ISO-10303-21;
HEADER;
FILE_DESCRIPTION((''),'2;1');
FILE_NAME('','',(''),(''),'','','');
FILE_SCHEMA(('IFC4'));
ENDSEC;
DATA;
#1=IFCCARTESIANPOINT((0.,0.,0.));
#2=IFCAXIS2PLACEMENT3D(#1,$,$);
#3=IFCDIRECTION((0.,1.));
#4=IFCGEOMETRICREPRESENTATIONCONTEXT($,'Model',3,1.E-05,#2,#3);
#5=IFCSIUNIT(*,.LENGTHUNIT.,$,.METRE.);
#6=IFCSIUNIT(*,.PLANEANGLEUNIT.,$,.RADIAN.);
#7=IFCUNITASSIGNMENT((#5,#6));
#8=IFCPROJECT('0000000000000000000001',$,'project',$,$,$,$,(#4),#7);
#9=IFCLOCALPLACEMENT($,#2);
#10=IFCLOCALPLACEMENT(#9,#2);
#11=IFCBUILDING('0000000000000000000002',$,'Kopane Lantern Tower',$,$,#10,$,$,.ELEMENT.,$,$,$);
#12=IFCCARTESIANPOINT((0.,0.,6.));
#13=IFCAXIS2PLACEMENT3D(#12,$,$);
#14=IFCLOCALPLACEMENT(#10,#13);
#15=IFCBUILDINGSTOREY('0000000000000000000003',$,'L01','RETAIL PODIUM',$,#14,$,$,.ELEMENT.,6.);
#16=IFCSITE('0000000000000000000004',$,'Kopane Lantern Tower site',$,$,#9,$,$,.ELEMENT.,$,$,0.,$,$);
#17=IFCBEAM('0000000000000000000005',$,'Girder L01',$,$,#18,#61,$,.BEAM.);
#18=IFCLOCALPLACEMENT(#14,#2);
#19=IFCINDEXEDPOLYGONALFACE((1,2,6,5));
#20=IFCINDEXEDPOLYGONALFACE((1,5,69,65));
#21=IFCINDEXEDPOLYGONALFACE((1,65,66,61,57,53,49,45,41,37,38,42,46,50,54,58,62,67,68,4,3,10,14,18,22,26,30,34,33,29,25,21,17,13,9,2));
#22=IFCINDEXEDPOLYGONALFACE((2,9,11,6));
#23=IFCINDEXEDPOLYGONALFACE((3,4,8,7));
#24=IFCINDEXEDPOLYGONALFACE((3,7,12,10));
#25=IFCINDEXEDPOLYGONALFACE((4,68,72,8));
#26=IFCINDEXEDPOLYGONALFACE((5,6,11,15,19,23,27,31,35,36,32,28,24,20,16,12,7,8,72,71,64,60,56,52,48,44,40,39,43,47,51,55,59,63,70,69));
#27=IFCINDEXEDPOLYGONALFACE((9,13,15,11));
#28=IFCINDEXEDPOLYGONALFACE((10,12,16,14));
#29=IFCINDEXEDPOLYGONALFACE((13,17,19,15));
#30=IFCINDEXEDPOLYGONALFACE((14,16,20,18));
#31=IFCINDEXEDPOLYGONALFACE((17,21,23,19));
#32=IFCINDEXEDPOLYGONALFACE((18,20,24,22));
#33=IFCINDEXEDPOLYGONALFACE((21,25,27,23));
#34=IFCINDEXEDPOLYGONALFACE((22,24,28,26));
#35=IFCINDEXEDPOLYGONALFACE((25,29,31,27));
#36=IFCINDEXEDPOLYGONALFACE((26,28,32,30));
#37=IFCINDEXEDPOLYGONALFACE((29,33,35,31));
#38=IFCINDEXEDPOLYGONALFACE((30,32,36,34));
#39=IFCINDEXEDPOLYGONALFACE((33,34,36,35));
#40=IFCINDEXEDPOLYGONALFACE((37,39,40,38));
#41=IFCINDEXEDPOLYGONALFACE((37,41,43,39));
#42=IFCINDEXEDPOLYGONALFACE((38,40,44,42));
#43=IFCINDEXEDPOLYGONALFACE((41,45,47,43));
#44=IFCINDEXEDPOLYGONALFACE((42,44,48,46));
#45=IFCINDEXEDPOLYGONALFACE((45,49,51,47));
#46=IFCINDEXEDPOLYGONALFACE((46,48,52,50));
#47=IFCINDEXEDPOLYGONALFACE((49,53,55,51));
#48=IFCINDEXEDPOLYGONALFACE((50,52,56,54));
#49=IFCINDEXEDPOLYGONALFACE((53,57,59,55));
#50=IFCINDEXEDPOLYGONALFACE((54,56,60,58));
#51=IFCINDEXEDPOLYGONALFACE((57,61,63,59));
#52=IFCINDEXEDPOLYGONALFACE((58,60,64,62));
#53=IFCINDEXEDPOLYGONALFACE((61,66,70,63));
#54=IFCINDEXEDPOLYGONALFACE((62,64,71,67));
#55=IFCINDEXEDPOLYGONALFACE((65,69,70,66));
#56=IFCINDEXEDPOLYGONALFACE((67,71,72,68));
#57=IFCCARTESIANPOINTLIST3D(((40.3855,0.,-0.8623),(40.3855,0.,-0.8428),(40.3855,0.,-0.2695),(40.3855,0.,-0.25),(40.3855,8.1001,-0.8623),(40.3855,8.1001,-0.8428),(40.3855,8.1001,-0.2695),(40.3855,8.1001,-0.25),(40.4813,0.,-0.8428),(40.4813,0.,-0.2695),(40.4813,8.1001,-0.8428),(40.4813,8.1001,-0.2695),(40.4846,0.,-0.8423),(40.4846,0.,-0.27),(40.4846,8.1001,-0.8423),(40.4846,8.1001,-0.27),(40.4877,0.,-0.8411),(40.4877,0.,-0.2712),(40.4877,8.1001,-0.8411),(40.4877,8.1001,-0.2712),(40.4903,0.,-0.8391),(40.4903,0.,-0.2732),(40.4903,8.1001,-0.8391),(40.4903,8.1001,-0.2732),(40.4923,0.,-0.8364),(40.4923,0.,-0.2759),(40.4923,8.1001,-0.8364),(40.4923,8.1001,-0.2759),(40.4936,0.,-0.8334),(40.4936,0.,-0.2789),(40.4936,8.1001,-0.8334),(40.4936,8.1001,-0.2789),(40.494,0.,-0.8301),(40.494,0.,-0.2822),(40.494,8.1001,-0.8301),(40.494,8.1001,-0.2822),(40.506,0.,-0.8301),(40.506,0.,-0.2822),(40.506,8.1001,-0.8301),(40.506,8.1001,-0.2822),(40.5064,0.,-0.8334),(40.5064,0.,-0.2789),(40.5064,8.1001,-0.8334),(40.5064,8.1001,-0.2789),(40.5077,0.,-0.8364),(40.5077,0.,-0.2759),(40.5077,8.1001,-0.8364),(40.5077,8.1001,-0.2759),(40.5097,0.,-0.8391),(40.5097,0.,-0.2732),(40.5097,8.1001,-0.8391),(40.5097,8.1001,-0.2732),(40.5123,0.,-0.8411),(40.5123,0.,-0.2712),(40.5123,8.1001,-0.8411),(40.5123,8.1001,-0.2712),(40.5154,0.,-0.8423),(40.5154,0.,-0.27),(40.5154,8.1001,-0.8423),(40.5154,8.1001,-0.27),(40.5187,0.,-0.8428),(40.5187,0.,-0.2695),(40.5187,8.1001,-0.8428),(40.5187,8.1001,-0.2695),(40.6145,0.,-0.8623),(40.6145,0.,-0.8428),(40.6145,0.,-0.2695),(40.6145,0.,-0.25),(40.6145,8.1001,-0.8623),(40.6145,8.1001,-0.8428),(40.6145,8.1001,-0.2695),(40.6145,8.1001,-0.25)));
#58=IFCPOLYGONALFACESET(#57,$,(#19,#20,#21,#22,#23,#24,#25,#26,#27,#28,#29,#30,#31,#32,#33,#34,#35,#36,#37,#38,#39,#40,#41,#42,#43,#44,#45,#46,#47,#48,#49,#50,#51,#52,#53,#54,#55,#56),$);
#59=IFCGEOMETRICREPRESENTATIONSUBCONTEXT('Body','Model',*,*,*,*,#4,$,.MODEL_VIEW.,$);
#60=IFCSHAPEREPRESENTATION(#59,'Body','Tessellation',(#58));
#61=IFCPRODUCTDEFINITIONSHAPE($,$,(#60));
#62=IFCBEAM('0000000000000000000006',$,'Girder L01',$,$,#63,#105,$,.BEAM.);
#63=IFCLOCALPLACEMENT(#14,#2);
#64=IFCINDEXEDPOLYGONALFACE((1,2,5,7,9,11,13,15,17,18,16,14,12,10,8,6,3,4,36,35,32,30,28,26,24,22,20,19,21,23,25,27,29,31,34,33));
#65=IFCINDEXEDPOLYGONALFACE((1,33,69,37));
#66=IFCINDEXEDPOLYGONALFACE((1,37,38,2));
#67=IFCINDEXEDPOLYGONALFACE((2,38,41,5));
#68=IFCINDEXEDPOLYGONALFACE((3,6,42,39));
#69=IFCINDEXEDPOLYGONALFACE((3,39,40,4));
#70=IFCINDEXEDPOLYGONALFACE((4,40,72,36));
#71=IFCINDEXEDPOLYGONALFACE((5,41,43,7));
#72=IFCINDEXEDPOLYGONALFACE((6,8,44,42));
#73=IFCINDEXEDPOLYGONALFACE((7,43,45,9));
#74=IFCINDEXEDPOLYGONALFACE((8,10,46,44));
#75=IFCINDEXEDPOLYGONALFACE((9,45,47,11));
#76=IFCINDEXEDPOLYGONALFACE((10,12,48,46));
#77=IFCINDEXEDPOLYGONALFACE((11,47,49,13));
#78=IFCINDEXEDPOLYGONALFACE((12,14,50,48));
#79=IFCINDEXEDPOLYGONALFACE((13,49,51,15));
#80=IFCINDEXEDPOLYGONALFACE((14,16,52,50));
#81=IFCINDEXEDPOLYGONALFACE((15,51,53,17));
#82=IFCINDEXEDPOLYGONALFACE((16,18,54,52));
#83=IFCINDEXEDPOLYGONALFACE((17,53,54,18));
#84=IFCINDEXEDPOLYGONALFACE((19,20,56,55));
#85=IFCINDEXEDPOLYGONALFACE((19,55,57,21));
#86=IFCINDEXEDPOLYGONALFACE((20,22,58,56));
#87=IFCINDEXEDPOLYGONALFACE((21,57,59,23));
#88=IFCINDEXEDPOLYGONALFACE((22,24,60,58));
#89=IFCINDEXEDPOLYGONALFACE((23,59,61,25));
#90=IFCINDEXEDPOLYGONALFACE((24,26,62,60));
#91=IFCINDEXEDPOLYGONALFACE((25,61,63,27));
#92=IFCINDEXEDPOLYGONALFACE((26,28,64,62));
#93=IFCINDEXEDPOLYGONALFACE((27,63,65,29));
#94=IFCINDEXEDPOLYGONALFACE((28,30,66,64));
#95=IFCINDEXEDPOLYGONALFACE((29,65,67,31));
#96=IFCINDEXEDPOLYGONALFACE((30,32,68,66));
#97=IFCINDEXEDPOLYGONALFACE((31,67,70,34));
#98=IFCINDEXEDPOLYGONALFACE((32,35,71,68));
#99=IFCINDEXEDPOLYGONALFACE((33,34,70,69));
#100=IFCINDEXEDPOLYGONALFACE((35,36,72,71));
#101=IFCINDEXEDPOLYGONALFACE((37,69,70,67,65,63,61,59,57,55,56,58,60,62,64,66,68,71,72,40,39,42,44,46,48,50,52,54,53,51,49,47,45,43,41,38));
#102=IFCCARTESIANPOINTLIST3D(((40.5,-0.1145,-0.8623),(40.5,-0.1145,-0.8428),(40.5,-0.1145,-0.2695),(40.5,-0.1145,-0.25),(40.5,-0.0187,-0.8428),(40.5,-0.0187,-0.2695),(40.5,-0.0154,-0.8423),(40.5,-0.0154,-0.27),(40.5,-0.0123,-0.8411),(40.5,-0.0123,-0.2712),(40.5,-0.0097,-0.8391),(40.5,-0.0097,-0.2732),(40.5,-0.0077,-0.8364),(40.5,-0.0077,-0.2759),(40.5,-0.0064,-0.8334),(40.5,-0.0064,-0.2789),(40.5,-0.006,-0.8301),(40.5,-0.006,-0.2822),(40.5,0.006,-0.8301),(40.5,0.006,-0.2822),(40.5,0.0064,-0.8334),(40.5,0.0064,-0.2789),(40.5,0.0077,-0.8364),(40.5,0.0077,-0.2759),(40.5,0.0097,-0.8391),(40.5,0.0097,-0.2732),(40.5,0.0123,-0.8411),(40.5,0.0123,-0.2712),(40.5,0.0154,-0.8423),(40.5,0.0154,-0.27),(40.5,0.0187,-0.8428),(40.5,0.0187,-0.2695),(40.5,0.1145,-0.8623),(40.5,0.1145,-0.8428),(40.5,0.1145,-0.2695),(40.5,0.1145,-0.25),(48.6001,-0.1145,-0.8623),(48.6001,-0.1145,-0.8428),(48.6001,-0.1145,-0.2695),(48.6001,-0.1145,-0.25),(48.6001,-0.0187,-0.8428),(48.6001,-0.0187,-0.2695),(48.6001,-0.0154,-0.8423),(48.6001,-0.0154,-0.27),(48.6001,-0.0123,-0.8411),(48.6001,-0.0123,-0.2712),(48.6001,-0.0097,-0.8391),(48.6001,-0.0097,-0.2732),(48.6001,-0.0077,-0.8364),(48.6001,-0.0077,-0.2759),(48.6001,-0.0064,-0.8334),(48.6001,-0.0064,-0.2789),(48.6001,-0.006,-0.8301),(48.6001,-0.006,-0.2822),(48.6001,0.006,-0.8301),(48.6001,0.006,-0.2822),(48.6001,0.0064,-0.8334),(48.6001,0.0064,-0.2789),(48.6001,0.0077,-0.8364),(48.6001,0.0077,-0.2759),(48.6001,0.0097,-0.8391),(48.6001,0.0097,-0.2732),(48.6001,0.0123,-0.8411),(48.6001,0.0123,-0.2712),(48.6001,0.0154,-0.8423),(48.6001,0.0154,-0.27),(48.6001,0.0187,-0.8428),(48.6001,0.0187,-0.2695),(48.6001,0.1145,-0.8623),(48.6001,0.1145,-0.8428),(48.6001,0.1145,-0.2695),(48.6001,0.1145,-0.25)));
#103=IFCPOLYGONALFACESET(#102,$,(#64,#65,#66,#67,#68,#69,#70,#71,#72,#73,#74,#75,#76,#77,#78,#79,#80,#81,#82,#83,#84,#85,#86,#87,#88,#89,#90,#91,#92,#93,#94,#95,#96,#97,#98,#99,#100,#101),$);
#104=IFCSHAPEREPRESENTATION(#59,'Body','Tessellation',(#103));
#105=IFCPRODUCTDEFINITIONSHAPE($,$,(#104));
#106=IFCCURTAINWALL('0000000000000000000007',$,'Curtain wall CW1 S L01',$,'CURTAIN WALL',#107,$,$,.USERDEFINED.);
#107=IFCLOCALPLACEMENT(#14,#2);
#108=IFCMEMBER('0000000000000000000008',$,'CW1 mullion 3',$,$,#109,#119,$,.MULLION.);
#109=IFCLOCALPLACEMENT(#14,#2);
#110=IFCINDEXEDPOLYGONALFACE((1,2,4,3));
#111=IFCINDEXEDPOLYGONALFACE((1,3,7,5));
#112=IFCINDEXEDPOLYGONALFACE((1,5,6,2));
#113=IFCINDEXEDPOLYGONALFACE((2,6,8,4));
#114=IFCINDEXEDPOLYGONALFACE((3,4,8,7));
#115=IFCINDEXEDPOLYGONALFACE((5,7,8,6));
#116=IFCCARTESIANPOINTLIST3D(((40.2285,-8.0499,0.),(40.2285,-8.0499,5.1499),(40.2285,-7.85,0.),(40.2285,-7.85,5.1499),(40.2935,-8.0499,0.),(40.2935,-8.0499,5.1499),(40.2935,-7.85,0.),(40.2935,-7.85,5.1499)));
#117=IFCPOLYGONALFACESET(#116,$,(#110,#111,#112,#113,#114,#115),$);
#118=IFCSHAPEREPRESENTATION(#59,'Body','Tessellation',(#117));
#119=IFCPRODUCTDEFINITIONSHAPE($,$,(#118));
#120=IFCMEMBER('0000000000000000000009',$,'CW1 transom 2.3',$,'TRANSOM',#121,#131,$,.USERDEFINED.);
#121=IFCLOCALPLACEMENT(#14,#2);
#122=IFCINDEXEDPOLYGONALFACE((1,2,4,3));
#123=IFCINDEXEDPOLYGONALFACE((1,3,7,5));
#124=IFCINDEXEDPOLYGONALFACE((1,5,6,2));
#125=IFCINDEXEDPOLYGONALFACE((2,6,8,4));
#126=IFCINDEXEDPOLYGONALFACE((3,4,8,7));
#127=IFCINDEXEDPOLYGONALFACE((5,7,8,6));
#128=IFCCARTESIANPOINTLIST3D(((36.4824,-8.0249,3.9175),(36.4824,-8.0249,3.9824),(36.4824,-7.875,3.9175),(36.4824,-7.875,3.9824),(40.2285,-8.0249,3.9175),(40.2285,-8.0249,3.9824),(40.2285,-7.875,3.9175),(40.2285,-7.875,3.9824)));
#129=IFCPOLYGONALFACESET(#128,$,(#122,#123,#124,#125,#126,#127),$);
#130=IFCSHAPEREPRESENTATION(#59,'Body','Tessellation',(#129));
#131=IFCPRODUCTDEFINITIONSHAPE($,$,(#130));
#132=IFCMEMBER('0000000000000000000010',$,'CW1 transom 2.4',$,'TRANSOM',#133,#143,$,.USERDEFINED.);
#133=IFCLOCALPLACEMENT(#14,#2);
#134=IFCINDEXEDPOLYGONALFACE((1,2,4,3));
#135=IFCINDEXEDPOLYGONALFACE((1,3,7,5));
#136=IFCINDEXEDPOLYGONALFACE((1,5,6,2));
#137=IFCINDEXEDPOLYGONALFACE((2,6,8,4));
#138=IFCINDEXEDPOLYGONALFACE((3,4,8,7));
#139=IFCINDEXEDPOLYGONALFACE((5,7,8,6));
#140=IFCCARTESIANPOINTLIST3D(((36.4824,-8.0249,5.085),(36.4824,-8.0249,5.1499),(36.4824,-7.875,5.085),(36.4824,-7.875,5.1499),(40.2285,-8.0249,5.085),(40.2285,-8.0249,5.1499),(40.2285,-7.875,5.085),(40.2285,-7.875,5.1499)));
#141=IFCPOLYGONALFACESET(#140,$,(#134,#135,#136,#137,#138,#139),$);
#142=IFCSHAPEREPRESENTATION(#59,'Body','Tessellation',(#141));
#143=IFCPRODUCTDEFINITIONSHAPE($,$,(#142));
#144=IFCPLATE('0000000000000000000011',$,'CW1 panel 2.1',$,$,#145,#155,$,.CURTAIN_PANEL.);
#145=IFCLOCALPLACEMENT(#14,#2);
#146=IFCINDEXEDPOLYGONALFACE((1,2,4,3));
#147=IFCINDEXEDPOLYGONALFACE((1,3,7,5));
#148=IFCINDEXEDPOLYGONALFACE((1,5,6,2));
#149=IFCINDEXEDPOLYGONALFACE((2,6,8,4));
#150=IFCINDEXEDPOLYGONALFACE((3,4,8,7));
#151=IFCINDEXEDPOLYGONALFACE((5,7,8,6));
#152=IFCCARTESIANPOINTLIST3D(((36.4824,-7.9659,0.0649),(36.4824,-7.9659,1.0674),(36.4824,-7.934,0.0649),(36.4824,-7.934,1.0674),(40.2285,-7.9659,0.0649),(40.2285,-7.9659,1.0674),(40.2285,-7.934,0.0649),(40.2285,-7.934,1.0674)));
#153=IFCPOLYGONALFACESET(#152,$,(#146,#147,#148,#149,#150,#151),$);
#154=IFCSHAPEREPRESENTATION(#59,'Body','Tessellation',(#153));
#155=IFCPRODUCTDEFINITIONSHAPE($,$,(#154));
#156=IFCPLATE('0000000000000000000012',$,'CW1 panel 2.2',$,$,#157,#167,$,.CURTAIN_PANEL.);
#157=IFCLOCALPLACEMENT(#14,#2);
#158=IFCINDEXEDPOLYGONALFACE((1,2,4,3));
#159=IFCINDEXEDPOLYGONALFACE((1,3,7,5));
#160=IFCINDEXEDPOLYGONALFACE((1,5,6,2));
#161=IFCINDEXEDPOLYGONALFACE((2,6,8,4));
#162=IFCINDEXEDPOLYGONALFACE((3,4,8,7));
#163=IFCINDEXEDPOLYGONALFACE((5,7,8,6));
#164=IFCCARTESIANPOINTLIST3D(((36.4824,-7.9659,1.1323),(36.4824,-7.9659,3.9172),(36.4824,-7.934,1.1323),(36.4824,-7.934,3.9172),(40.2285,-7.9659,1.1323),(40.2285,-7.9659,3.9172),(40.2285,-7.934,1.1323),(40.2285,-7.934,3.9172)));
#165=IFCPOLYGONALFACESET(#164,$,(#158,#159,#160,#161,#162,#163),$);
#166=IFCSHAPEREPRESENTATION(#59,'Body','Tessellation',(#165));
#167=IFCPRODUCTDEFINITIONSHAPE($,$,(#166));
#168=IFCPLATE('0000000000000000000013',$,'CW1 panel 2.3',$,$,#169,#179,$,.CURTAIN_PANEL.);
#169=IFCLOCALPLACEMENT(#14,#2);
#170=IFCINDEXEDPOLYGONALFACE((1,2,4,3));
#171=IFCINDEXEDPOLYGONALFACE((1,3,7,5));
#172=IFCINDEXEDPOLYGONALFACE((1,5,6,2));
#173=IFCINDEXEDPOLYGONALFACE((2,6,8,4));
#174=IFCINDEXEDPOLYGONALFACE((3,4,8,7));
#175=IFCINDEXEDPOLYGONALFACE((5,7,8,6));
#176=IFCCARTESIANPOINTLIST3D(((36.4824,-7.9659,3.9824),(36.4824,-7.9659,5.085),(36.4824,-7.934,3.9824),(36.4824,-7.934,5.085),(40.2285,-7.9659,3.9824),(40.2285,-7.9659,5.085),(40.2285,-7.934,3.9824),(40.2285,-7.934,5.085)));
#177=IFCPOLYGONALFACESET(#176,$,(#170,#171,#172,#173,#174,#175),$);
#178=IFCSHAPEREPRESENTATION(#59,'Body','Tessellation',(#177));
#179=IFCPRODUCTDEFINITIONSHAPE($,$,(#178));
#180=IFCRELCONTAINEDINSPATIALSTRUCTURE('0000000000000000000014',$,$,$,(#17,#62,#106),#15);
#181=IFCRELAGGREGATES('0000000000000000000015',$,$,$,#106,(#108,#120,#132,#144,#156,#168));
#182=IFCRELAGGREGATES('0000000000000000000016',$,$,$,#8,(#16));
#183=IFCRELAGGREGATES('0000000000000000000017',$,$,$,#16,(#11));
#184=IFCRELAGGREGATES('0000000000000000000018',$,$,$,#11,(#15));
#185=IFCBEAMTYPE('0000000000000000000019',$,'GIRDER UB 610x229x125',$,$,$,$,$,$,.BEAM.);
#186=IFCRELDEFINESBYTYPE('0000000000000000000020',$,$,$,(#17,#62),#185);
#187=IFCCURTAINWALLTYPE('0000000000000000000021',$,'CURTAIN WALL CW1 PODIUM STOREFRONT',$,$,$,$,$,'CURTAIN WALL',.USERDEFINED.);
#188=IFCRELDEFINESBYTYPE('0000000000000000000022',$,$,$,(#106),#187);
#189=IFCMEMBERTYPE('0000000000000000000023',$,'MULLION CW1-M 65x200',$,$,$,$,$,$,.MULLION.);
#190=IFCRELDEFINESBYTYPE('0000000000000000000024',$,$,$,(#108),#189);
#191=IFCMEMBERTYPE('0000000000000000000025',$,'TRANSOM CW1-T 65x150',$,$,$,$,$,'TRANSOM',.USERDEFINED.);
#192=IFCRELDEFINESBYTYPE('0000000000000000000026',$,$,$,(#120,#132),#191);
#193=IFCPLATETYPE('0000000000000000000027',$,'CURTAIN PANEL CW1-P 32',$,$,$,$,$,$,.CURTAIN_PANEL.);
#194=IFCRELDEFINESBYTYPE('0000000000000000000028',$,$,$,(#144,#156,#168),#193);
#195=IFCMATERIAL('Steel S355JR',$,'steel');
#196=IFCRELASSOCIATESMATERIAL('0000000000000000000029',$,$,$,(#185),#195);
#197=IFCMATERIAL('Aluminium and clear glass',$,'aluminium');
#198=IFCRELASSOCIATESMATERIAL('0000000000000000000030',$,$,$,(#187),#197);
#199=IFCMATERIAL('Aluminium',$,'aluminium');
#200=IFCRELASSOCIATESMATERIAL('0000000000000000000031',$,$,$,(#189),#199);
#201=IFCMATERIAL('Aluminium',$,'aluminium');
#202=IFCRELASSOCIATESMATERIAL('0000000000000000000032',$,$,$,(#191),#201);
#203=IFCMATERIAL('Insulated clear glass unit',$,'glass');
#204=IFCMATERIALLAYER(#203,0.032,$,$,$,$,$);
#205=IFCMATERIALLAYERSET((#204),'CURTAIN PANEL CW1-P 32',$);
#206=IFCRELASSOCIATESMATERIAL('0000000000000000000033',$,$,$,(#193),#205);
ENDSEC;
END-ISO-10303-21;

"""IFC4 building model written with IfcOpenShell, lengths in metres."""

from ifc_helpers import new_model, si_unit, direction, frame, origin, origin_2d, place, context, subcontext, project, spatial, rectangle, i_section, extrude, material, layer, layer_set, material_profile, profile_set, type_object, element, aggregate, save


model = new_model("IFC4")

# Units and contexts
model_context = context("Model", 3, precision=1e-05, world=origin(), true_north=direction((0.0, 1.0)))
body_context = subcontext(model_context, "Body", "Model", "MODEL_VIEW")
ifc_project = project(units=[si_unit("LENGTHUNIT", "METRE"), si_unit("PLANEANGLEUNIT", "RADIAN")], contexts=[model_context])

# Site, building, storey
site_placement = place(None, origin())
site = spatial("IfcSite", under=ifc_project, at=site_placement, Name="Kopane Lantern Tower site", CompositionType="ELEMENT", RefElevation=0.0)
building_placement = place(site_placement, origin())
building = spatial("IfcBuilding", under=site, at=building_placement, Name="Kopane Lantern Tower", CompositionType="ELEMENT")
storey_placement = place(building_placement, frame((0.0, 0.0, 6.0)))
storey = spatial("IfcBuildingStorey", under=building, at=storey_placement, Name="L01", Description="RETAIL PODIUM", CompositionType="ELEMENT", Elevation=6.0)

# Beams
ifc_material_1 = material(Name="Steel S355JR", Category="steel")
ifc_material_profile_1 = material_profile(ifc_material_1, i_section(OverallWidth=0.229, OverallDepth=0.6123, WebThickness=0.012, FlangeThickness=0.0195, FilletRadius=0.0127, at=origin_2d()), Name="UB 610x229x125")
ifc_profile_set_1 = profile_set([ifc_material_profile_1], Name="Steel S355JR")
beam_type = type_object("IfcBeamType", Name="GIRDER UB 610x229x125", PredefinedType="BEAM", material=ifc_profile_set_1)
for number, where, z_axis, x_axis, name in (
    (1, (40.5, 0.0, -0.5562), (0.0, 1.0, 0.0), (-1.0, 0.0, 0.0), "Girder L01"),
    (2, (40.5, 0.0, -0.5562), (1.0, 0.0, 0.0), (0.0, 1.0, 0.0), "Girder L01"),
):
    element("IfcBeam", number, at=place(storey_placement, frame(where, z_axis=z_axis, x_axis=x_axis)), inside=storey, type_object=beam_type, Name=name, PredefinedType="BEAM", context=body_context, shape_type="SweptSolid", body=[
        extrude(i_section(OverallWidth=0.229, OverallDepth=0.6123, WebThickness=0.012, FlangeThickness=0.0195, FilletRadius=0.0127, at=origin_2d()), origin(), (0.0, 0.0, 1.0), 8.1001),
    ])

# Curtain wall, members, plates
ifc_material_2 = material(Name="Aluminium and clear glass", Category="aluminium")
curtain_wall_type = type_object("IfcCurtainWallType", Name="CURTAIN WALL CW1 PODIUM STOREFRONT", ElementType="CURTAIN WALL", PredefinedType="USERDEFINED", material=ifc_material_2)
curtain_wall_placement = place(storey_placement, origin())
curtain_wall = element("IfcCurtainWall", 3, at=curtain_wall_placement, inside=storey, type_object=curtain_wall_type, Name="Curtain wall CW1 S L01", ObjectType="CURTAIN WALL", PredefinedType="USERDEFINED")
ifc_material_3 = material(Name="Aluminium", Category="aluminium")
ifc_material_profile_2 = material_profile(ifc_material_3, rectangle(XDim=0.0649, YDim=0.2, at=origin_2d()), Name="AL 65x200")
ifc_profile_set_2 = profile_set([ifc_material_profile_2], Name="Aluminium")
member_type_1 = type_object("IfcMemberType", Name="MULLION CW1-M 65x200", PredefinedType="MULLION", material=ifc_profile_set_2)
member_1_placement = place(storey_placement, frame((40.261, -7.95, 0.0), z_axis=(0.0, 0.0, 1.0), x_axis=(1.0, 0.0, 0.0)))
member_1 = element("IfcMember", 4, at=member_1_placement, type_object=member_type_1, Name="CW1 mullion 3", PredefinedType="MULLION", context=body_context, shape_type="SweptSolid", body=[
    extrude(rectangle(XDim=0.0649, YDim=0.2, at=origin_2d()), origin(), (0.0, 0.0, 1.0), 5.1499),
])
ifc_material_4 = material(Name="Aluminium", Category="aluminium")
ifc_material_profile_3 = material_profile(ifc_material_4, rectangle(XDim=0.1499, YDim=0.0649, at=origin_2d()), Name="AL 150x65")
ifc_profile_set_3 = profile_set([ifc_material_profile_3], Name="Aluminium")
member_type_2 = type_object("IfcMemberType", Name="TRANSOM CW1-T 65x150", ElementType="TRANSOM", PredefinedType="USERDEFINED", material=ifc_profile_set_3)
member_2_placement = place(storey_placement, frame((36.4824, -7.95, 3.95), z_axis=(1.0, 0.0, 0.0), x_axis=(0.0, 1.0, 0.0)))
member_2 = element("IfcMember", 5, at=member_2_placement, type_object=member_type_2, Name="CW1 transom 2.3", ObjectType="TRANSOM", PredefinedType="USERDEFINED", context=body_context, shape_type="SweptSolid", body=[
    extrude(rectangle(XDim=0.1499, YDim=0.0649, at=origin_2d()), origin(), (0.0, 0.0, 1.0), 3.7461),
])
member_3_placement = place(storey_placement, frame((36.4824, -7.95, 5.1174), z_axis=(1.0, 0.0, 0.0), x_axis=(0.0, 1.0, 0.0)))
member_3 = element("IfcMember", 6, at=member_3_placement, type_object=member_type_2, Name="CW1 transom 2.4", ObjectType="TRANSOM", PredefinedType="USERDEFINED", context=body_context, shape_type="SweptSolid", body=[
    extrude(rectangle(XDim=0.1499, YDim=0.0649, at=origin_2d()), origin(), (0.0, 0.0, 1.0), 3.7461),
])
ifc_material_5 = material(Name="Insulated clear glass unit", Category="glass")
ifc_layer_1 = layer(ifc_material_5, 0.032)
ifc_layer_set_1 = layer_set([ifc_layer_1], Name="CURTAIN PANEL CW1-P 32")
plate_type = type_object("IfcPlateType", Name="CURTAIN PANEL CW1-P 32", PredefinedType="CURTAIN_PANEL", material=ifc_layer_set_1)
plate_1_placement = place(storey_placement, frame((38.3555, -7.95, 0.0649), z_axis=(0.0, 0.0, 1.0), x_axis=(1.0, 0.0, 0.0)))
plate_1 = element("IfcPlate", 7, at=plate_1_placement, type_object=plate_type, Name="CW1 panel 2.1", PredefinedType="CURTAIN_PANEL", context=body_context, shape_type="SweptSolid", body=[
    extrude(rectangle(XDim=3.7461, YDim=0.032, at=origin_2d()), origin(), (0.0, 0.0, 1.0), 1.0024),
])
plate_2_placement = place(storey_placement, frame((38.3555, -7.95, 1.1323), z_axis=(0.0, 0.0, 1.0), x_axis=(1.0, 0.0, 0.0)))
plate_2 = element("IfcPlate", 8, at=plate_2_placement, type_object=plate_type, Name="CW1 panel 2.2", PredefinedType="CURTAIN_PANEL", context=body_context, shape_type="SweptSolid", body=[
    extrude(rectangle(XDim=3.7461, YDim=0.032, at=origin_2d()), origin(), (0.0, 0.0, 1.0), 2.7849),
])
plate_3_placement = place(storey_placement, frame((38.3555, -7.95, 3.9824), z_axis=(0.0, 0.0, 1.0), x_axis=(1.0, 0.0, 0.0)))
plate_3 = element("IfcPlate", 9, at=plate_3_placement, type_object=plate_type, Name="CW1 panel 2.3", PredefinedType="CURTAIN_PANEL", context=body_context, shape_type="SweptSolid", body=[
    extrude(rectangle(XDim=3.7461, YDim=0.032, at=origin_2d()), origin(), (0.0, 0.0, 1.0), 1.1025),
])
aggregate(curtain_wall, [member_1, member_2, member_3, plate_1, plate_2, plate_3])

save(model, "model.ifc")
